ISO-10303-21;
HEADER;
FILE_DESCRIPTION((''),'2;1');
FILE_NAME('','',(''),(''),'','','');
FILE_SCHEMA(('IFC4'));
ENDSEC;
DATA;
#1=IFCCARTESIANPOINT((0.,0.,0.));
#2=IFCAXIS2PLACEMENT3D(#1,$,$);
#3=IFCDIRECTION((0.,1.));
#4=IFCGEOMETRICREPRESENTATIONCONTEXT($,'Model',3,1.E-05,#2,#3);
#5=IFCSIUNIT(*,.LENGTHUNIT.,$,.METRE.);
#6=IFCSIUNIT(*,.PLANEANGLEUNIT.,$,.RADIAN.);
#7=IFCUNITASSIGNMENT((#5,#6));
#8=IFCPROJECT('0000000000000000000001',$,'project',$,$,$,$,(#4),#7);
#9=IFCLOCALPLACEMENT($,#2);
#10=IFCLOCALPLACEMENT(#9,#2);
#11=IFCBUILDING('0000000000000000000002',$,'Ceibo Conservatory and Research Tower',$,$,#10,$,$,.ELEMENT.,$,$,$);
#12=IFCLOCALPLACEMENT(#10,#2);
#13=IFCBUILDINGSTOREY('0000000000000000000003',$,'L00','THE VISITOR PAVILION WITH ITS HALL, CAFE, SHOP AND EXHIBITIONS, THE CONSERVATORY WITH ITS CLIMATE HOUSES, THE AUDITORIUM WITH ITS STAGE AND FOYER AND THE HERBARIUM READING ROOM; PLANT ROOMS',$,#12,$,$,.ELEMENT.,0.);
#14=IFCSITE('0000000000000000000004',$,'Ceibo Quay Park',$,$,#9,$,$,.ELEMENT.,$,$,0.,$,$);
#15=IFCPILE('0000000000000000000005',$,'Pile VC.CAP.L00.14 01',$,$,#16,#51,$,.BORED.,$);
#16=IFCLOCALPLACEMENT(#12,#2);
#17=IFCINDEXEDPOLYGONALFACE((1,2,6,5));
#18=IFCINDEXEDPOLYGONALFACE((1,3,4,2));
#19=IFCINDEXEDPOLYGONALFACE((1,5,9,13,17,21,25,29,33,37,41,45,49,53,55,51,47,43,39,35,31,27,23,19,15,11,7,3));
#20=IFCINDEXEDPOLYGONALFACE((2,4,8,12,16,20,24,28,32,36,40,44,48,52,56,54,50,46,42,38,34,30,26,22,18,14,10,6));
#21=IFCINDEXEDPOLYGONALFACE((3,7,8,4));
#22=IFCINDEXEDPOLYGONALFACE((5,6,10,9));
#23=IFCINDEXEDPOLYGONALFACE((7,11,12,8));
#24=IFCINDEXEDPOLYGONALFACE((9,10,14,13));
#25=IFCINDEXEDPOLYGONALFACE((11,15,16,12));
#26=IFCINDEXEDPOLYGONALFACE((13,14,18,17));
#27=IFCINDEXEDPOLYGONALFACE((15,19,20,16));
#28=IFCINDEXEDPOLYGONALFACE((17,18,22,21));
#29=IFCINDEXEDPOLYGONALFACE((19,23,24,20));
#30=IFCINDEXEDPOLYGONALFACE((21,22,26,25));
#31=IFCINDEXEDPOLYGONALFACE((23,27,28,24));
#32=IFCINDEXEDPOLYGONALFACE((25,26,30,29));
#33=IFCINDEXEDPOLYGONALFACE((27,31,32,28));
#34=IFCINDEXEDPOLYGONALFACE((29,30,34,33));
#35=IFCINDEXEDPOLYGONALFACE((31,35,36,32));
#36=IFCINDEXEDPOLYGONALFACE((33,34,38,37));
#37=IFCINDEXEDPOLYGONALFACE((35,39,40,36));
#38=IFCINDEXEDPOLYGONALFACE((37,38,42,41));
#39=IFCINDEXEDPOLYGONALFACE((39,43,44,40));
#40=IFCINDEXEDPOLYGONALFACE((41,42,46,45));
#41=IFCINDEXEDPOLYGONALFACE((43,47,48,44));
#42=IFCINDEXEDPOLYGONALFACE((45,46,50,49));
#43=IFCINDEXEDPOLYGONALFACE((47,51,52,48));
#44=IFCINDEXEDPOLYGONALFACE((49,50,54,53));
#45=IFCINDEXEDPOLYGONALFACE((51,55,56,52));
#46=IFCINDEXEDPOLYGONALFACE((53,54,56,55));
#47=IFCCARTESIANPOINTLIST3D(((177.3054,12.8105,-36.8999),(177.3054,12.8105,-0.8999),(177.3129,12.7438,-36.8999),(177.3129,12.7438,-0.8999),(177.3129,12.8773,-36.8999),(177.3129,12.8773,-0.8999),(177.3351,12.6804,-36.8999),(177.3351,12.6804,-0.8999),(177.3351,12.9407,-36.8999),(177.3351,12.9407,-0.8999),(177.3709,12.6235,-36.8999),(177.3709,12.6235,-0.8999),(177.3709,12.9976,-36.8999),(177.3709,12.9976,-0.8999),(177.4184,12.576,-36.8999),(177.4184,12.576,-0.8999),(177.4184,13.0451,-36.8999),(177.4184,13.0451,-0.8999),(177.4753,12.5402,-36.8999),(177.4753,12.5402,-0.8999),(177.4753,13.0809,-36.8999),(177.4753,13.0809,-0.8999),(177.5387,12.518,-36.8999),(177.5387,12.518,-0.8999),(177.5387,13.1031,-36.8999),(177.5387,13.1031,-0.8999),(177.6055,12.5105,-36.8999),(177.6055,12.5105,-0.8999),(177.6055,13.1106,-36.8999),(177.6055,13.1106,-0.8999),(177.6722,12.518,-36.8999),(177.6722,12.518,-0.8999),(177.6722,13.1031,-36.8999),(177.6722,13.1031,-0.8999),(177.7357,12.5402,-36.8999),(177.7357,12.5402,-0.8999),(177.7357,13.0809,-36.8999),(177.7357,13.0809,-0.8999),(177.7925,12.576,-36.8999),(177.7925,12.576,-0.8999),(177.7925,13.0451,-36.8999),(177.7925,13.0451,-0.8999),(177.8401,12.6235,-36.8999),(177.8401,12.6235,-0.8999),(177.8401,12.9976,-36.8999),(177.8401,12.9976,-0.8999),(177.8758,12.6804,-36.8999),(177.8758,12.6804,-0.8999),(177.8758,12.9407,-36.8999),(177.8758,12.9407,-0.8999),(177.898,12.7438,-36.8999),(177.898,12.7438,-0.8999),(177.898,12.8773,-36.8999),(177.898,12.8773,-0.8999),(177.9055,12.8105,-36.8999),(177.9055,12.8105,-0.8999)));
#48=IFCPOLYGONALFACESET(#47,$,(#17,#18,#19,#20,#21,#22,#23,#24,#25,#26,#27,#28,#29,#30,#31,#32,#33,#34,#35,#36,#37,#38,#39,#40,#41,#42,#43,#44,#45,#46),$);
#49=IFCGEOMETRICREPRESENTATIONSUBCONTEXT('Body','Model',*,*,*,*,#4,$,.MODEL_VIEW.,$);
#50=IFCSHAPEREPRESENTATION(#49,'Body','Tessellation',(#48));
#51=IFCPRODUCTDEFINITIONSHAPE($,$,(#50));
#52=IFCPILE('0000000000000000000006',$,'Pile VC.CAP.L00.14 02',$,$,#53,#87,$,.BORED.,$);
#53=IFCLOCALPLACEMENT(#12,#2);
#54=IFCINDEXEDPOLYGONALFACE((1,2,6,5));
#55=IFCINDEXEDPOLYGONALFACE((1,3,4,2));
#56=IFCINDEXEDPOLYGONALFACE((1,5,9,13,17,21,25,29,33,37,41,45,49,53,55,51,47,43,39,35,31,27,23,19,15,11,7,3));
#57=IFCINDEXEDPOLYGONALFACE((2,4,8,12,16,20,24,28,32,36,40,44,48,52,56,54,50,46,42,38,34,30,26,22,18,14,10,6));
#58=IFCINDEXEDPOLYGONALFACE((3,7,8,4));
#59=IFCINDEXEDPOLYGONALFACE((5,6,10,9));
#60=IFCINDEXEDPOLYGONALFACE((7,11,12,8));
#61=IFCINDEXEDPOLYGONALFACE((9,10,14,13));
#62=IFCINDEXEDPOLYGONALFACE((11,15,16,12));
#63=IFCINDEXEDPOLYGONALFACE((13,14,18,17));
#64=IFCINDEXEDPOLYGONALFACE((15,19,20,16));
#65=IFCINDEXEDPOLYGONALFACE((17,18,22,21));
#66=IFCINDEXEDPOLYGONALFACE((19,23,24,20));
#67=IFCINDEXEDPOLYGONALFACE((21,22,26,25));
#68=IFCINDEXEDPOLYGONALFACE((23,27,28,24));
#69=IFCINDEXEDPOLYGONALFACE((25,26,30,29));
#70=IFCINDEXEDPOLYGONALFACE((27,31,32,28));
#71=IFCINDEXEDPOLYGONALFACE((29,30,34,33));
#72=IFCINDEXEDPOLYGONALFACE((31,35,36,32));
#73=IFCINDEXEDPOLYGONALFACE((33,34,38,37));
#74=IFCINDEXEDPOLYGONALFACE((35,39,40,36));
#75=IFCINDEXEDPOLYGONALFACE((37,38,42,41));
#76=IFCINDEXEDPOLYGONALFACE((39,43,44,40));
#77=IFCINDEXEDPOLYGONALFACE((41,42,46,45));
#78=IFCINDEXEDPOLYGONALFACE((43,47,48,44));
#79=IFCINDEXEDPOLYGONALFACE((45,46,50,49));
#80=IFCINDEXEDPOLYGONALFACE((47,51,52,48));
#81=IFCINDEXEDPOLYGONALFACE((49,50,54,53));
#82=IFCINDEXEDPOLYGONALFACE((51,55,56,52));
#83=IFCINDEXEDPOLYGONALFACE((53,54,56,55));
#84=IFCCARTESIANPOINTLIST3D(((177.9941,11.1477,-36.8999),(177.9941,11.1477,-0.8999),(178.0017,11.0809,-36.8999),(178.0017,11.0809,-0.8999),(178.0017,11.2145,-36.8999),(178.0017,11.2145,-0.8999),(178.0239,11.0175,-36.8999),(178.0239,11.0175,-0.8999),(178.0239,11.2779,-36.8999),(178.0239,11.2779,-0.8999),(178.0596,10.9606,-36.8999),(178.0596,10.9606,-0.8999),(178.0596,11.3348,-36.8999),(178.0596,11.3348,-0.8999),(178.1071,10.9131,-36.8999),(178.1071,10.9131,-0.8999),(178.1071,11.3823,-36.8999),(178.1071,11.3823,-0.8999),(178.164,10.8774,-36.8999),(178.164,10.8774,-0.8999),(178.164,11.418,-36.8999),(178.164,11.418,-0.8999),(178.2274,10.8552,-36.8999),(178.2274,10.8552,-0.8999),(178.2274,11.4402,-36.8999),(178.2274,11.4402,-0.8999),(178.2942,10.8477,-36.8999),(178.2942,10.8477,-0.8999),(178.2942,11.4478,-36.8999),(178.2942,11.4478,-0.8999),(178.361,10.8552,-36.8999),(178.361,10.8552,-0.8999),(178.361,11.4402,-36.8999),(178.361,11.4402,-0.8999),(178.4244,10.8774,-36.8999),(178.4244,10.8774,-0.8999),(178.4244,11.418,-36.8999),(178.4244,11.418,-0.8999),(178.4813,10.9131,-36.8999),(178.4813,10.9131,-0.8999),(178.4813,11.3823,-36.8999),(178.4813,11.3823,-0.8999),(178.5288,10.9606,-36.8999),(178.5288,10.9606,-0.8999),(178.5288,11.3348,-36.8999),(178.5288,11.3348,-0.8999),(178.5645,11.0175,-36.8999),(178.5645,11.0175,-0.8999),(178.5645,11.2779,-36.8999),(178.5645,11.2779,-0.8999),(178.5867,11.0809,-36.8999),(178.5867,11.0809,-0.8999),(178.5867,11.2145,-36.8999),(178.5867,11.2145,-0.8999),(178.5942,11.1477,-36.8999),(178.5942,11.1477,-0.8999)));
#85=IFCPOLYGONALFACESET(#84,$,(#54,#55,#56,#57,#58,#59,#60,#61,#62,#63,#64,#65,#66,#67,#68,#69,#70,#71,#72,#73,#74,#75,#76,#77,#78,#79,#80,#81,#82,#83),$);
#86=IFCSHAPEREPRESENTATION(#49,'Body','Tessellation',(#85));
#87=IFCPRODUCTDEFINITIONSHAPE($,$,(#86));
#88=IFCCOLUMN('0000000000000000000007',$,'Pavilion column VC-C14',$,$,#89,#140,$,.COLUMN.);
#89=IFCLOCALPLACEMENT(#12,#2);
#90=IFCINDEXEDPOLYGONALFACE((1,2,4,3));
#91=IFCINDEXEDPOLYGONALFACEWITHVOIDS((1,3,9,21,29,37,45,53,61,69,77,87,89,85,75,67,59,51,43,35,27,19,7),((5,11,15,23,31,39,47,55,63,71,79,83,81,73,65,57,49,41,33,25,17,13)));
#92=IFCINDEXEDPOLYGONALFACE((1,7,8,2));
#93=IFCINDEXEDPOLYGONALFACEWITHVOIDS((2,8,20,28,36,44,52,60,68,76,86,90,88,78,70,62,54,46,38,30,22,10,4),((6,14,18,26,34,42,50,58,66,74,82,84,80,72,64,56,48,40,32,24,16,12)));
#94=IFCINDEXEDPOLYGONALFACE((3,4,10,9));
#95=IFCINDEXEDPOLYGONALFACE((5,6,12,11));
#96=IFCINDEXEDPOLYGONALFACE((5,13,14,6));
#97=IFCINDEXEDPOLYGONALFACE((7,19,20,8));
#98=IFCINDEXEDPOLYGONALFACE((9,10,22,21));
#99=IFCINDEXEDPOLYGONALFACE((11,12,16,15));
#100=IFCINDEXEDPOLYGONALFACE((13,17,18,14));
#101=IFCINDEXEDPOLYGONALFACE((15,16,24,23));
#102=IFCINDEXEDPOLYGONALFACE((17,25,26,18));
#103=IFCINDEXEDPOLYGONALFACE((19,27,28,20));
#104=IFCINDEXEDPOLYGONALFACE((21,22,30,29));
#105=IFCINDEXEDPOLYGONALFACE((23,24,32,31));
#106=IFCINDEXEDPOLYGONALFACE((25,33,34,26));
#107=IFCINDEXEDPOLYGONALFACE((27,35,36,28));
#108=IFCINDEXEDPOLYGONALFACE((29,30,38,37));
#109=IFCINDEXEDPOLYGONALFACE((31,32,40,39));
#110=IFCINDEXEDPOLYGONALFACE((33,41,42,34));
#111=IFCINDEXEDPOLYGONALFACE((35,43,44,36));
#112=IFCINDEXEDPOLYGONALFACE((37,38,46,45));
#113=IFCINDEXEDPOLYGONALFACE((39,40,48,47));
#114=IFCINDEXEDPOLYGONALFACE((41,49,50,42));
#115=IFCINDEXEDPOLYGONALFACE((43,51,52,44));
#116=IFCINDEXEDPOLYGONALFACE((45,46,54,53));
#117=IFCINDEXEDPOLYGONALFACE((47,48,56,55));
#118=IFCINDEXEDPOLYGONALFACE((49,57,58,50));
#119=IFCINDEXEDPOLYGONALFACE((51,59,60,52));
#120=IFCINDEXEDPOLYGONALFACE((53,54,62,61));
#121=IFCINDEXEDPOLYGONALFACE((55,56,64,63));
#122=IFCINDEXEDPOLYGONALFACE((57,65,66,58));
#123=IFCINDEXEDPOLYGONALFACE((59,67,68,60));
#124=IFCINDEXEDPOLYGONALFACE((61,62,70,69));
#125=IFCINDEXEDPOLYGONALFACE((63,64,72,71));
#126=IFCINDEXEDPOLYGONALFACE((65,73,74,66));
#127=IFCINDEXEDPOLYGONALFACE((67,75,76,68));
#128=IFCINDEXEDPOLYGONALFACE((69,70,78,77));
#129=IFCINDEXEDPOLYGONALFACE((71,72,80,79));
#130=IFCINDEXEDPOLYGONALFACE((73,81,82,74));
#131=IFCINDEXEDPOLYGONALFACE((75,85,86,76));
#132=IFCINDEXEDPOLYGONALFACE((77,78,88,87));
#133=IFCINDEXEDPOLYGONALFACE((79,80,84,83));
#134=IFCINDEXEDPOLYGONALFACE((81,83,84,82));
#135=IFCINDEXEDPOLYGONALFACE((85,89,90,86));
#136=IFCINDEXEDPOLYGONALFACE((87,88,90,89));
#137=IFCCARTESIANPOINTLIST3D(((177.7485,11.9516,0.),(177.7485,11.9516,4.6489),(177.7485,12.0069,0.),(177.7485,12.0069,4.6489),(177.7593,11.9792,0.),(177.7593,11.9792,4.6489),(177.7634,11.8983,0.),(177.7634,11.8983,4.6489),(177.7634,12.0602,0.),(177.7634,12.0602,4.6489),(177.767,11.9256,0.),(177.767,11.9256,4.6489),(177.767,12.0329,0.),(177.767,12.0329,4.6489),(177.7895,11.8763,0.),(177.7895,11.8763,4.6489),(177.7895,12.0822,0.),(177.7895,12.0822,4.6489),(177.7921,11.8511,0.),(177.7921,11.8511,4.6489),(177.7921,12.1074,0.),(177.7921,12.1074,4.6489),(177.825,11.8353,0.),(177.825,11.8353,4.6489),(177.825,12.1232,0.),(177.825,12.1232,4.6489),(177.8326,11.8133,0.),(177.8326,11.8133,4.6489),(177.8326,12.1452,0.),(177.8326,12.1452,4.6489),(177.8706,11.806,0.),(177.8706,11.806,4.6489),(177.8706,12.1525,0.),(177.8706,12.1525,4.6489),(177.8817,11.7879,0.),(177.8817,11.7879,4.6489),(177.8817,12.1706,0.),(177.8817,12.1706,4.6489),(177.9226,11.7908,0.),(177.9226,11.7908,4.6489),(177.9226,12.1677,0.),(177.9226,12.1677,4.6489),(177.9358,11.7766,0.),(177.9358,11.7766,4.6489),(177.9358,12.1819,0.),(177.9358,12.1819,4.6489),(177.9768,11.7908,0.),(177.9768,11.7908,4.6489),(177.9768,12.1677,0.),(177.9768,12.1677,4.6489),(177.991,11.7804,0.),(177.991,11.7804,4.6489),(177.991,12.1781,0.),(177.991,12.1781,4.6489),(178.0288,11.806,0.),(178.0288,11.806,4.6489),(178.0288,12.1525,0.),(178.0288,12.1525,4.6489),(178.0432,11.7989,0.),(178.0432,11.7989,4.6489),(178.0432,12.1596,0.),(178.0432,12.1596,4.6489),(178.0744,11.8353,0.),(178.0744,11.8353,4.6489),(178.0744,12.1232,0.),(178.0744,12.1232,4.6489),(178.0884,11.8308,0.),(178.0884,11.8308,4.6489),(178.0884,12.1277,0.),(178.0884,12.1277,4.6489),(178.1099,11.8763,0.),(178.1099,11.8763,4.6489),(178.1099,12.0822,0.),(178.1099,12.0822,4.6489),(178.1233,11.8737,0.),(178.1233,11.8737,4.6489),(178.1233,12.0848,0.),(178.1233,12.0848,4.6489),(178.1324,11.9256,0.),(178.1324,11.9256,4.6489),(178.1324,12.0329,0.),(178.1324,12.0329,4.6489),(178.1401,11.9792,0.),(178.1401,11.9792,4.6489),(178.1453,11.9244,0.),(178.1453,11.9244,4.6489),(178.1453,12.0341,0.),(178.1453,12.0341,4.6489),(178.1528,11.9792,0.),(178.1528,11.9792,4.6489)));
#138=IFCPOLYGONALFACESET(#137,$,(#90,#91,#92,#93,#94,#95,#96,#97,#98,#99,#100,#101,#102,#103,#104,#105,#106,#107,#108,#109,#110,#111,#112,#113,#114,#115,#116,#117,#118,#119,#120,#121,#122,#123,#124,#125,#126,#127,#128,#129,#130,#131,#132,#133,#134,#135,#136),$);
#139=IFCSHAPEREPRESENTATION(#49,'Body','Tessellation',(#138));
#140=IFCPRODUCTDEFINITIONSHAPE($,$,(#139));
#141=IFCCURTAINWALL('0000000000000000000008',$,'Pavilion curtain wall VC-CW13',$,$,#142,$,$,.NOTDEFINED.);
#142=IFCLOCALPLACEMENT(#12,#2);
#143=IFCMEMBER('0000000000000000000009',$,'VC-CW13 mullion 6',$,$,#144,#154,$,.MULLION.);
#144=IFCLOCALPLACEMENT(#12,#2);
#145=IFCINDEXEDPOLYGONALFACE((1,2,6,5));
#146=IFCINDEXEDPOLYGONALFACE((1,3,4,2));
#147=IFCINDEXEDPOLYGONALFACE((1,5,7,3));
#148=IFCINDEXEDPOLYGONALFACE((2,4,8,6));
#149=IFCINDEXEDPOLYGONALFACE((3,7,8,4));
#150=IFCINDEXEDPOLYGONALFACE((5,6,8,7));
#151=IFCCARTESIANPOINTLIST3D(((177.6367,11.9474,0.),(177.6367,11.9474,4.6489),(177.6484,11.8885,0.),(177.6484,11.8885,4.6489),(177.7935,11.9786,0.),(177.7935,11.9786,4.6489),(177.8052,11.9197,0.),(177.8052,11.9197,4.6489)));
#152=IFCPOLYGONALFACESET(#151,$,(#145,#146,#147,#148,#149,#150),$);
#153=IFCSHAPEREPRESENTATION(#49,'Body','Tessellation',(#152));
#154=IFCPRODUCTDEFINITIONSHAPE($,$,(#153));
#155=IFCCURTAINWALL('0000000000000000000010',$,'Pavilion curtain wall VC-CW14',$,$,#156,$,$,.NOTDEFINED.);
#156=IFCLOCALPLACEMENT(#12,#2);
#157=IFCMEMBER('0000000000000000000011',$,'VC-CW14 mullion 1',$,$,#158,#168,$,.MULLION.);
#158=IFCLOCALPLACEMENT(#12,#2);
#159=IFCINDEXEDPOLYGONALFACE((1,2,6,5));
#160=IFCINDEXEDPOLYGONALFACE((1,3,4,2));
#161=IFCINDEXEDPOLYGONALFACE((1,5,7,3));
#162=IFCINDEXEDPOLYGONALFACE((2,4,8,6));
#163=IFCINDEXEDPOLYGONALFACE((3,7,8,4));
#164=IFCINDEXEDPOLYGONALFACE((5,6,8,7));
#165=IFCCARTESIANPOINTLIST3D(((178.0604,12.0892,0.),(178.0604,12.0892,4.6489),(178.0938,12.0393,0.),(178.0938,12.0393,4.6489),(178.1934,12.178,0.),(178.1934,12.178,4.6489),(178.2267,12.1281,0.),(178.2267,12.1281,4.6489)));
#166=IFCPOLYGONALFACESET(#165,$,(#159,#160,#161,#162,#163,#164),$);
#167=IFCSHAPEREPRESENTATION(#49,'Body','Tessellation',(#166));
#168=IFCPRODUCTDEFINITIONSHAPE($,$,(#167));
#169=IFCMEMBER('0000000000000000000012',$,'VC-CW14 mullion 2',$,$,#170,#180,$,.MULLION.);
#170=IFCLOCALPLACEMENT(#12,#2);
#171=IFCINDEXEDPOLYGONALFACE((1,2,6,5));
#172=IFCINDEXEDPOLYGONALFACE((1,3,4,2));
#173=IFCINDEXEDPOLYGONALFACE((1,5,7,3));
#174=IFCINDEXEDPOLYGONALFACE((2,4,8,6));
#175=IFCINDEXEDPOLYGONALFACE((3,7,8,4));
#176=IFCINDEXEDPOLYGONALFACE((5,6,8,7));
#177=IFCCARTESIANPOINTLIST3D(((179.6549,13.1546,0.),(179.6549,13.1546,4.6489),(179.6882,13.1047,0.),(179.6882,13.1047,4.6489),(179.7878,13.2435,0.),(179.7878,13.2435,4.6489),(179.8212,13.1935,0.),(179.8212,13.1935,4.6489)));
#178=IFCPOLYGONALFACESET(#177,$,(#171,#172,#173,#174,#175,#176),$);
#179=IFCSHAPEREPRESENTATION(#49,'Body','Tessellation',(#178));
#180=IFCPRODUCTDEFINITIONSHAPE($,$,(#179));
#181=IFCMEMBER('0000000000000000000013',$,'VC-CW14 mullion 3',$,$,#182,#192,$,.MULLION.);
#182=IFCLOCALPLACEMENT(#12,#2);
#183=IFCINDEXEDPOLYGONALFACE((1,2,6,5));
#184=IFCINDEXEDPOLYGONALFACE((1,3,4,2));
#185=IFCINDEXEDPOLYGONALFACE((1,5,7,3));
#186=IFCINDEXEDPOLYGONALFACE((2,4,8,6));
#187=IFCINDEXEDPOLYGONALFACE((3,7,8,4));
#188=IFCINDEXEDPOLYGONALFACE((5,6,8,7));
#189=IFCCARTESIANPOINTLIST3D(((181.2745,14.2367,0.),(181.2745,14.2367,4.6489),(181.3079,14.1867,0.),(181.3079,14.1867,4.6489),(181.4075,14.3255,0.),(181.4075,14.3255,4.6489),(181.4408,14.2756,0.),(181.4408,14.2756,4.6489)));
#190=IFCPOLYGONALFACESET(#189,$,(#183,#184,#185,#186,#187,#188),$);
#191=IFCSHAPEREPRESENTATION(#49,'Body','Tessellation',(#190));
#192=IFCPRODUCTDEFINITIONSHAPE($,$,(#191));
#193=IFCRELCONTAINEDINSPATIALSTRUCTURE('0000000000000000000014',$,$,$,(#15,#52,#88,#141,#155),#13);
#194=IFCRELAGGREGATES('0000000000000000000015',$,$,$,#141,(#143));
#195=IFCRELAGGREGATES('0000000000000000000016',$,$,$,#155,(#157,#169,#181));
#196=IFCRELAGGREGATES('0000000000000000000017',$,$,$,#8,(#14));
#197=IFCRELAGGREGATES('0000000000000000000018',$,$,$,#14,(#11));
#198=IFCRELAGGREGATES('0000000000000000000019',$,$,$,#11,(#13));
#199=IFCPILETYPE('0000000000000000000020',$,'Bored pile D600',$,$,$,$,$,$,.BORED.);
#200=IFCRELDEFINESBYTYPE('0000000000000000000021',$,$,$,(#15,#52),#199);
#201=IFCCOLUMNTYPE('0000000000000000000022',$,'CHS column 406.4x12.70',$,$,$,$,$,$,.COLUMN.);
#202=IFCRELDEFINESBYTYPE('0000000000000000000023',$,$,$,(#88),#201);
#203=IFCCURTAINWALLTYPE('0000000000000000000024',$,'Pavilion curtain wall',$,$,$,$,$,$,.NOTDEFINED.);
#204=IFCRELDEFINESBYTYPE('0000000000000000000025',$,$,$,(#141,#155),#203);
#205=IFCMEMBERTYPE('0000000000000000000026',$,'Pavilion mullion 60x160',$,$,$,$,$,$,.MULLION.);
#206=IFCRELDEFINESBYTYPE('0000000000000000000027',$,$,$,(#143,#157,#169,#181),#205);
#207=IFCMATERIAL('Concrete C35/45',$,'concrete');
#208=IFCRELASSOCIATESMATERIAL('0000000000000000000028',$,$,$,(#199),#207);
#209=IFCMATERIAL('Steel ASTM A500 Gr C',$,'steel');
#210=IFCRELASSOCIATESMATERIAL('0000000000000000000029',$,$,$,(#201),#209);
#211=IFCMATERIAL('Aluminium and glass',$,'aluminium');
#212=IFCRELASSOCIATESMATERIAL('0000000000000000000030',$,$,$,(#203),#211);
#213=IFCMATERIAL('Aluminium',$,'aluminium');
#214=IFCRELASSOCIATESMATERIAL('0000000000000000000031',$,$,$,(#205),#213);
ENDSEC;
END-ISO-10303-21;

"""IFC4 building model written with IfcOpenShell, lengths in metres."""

from ifc_helpers import new_model, si_unit, direction, frame, origin, origin_2d, place, context, subcontext, project, spatial, rectangle, circle, hollow_circle, extrude, material, material_profile, profile_set, type_object, element, aggregate, save


model = new_model("IFC4")

# Units and contexts
model_context = context("Model", 3, precision=1e-05, world=origin(), true_north=direction((0.0, 1.0)))
body_context = subcontext(model_context, "Body", "Model", "MODEL_VIEW")
ifc_project = project(units=[si_unit("LENGTHUNIT", "METRE"), si_unit("PLANEANGLEUNIT", "RADIAN")], contexts=[model_context])

# Site, building, storey
site_placement = place(None, origin())
site = spatial("IfcSite", under=ifc_project, at=site_placement, Name="Ceibo Quay Park", CompositionType="ELEMENT", RefElevation=0.0)
building_placement = place(site_placement, origin())
building = spatial("IfcBuilding", under=site, at=building_placement, Name="Ceibo Conservatory and Research Tower", CompositionType="ELEMENT")
storey_placement = place(building_placement, origin())
storey = spatial("IfcBuildingStorey", under=building, at=storey_placement, Name="L00", Description="THE VISITOR PAVILION WITH ITS HALL, CAFE, SHOP AND EXHIBITIONS, THE CONSERVATORY WITH ITS CLIMATE HOUSES, THE AUDITORIUM WITH ITS STAGE AND FOYER AND THE HERBARIUM READING ROOM; PLANT ROOMS", CompositionType="ELEMENT", Elevation=0.0)

# Piles
ifc_material_1 = material(Name="Concrete C35/45", Category="concrete")
ifc_material_profile_1 = material_profile(ifc_material_1, circle(Radius=0.3, at=origin_2d()), Name="RC D600")
ifc_profile_set_1 = profile_set([ifc_material_profile_1], Name="Concrete C35/45")
pile_type = type_object("IfcPileType", Name="Bored pile D600", PredefinedType="BORED", material=ifc_profile_set_1)
for number, where, z_axis, x_axis, name in (
    (1, (177.6055, 12.8105, -0.8999), (0.0, 0.0, -1.0), (1.0, 0.0, 0.0), "Pile VC.CAP.L00.14 01"),
    (2, (178.2942, 11.1477, -0.8999), (0.0, 0.0, -1.0), (1.0, 0.0, 0.0), "Pile VC.CAP.L00.14 02"),
):
    element("IfcPile", number, at=place(storey_placement, frame(where, z_axis=z_axis, x_axis=x_axis)), inside=storey, type_object=pile_type, Name=name, PredefinedType="BORED", context=body_context, shape_type="SweptSolid", body=[
        extrude(circle(Radius=0.3, at=origin_2d()), origin(), (0.0, 0.0, 1.0), 36.0),
    ])

# Column
ifc_material_2 = material(Name="Steel ASTM A500 Gr C", Category="steel")
ifc_material_profile_2 = material_profile(ifc_material_2, hollow_circle(Radius=0.2031, WallThickness=0.0127, at=origin_2d()), Name="CHS column 406.4x12.70")
ifc_profile_set_2 = profile_set([ifc_material_profile_2], Name="Steel ASTM A500 Gr C")
column_type = type_object("IfcColumnType", Name="CHS column 406.4x12.70", PredefinedType="COLUMN", material=ifc_profile_set_2)
column_placement = place(storey_placement, frame((177.9497, 11.9792, 0.0), z_axis=(0.0, 0.0, 1.0), x_axis=(1.0, 0.0, 0.0)))
element("IfcColumn", 3, at=column_placement, inside=storey, type_object=column_type, Name="Pavilion column VC-C14", PredefinedType="COLUMN", context=body_context, shape_type="SweptSolid", body=[
    extrude(hollow_circle(Radius=0.2031, WallThickness=0.0127, at=origin_2d()), origin(), (0.0, 0.0, 1.0), 4.6489),
])

# Curtain wall, member
ifc_material_3 = material(Name="Aluminium and glass", Category="aluminium")
curtain_wall_type = type_object("IfcCurtainWallType", Name="Pavilion curtain wall", PredefinedType="NOTDEFINED", material=ifc_material_3)
curtain_wall_1_placement = place(storey_placement, origin())
curtain_wall_1 = element("IfcCurtainWall", 4, at=curtain_wall_1_placement, inside=storey, type_object=curtain_wall_type, Name="Pavilion curtain wall VC-CW13", PredefinedType="NOTDEFINED")
ifc_material_4 = material(Name="Aluminium", Category="aluminium")
ifc_material_profile_3 = material_profile(ifc_material_4, rectangle(XDim=0.0601, YDim=0.1599, at=origin_2d()), Name="AL 60x160")
ifc_profile_set_3 = profile_set([ifc_material_profile_3], Name="Aluminium")
member_type_1 = type_object("IfcMemberType", Name="Pavilion mullion 60x160", PredefinedType="MULLION", material=ifc_profile_set_3)
member_1_placement = place(storey_placement, frame((177.7209, 11.9336, 0.0), z_axis=(0.0, 0.0, 1.0), x_axis=(-0.19509, 0.980785, 0.0)))
member_1 = element("IfcMember", 5, at=member_1_placement, type_object=member_type_1, Name="VC-CW13 mullion 6", PredefinedType="MULLION", context=body_context, shape_type="SweptSolid", body=[
    extrude(rectangle(XDim=0.0601, YDim=0.1599, at=origin_2d()), origin(), (0.0, 0.0, 1.0), 4.6489),
])
aggregate(curtain_wall_1, [member_1])

# Curtain wall, members
curtain_wall_2_placement = place(storey_placement, origin())
curtain_wall_2 = element("IfcCurtainWall", 6, at=curtain_wall_2_placement, inside=storey, type_object=curtain_wall_type, Name="Pavilion curtain wall VC-CW14", PredefinedType="NOTDEFINED")
member_2_placement = place(storey_placement, frame((178.1436, 12.1086, 0.0), z_axis=(0.0, 0.0, 1.0), x_axis=(-0.55557, 0.83147, 0.0)))
member_2 = element("IfcMember", 7, at=member_2_placement, type_object=member_type_1, Name="VC-CW14 mullion 1", PredefinedType="MULLION", context=body_context, shape_type="SweptSolid", body=[
    extrude(rectangle(XDim=0.0601, YDim=0.1599, at=origin_2d()), origin(), (0.0, 0.0, 1.0), 4.6489),
])
member_3_placement = place(storey_placement, frame((179.738, 13.1741, 0.0), z_axis=(0.0, 0.0, 1.0), x_axis=(-0.55557, 0.83147, 0.0)))
member_3 = element("IfcMember", 8, at=member_3_placement, type_object=member_type_1, Name="VC-CW14 mullion 2", PredefinedType="MULLION", context=body_context, shape_type="SweptSolid", body=[
    extrude(rectangle(XDim=0.0601, YDim=0.1599, at=origin_2d()), origin(), (0.0, 0.0, 1.0), 4.6489),
])
member_4_placement = place(storey_placement, frame((181.3577, 14.2561, 0.0), z_axis=(0.0, 0.0, 1.0), x_axis=(-0.55557, 0.83147, 0.0)))
member_4 = element("IfcMember", 9, at=member_4_placement, type_object=member_type_1, Name="VC-CW14 mullion 3", PredefinedType="MULLION", context=body_context, shape_type="SweptSolid", body=[
    extrude(rectangle(XDim=0.0601, YDim=0.1599, at=origin_2d()), origin(), (0.0, 0.0, 1.0), 4.6489),
])

aggregate(curtain_wall_2, [member_2, member_3, member_4])

save(model, "model.ifc")
